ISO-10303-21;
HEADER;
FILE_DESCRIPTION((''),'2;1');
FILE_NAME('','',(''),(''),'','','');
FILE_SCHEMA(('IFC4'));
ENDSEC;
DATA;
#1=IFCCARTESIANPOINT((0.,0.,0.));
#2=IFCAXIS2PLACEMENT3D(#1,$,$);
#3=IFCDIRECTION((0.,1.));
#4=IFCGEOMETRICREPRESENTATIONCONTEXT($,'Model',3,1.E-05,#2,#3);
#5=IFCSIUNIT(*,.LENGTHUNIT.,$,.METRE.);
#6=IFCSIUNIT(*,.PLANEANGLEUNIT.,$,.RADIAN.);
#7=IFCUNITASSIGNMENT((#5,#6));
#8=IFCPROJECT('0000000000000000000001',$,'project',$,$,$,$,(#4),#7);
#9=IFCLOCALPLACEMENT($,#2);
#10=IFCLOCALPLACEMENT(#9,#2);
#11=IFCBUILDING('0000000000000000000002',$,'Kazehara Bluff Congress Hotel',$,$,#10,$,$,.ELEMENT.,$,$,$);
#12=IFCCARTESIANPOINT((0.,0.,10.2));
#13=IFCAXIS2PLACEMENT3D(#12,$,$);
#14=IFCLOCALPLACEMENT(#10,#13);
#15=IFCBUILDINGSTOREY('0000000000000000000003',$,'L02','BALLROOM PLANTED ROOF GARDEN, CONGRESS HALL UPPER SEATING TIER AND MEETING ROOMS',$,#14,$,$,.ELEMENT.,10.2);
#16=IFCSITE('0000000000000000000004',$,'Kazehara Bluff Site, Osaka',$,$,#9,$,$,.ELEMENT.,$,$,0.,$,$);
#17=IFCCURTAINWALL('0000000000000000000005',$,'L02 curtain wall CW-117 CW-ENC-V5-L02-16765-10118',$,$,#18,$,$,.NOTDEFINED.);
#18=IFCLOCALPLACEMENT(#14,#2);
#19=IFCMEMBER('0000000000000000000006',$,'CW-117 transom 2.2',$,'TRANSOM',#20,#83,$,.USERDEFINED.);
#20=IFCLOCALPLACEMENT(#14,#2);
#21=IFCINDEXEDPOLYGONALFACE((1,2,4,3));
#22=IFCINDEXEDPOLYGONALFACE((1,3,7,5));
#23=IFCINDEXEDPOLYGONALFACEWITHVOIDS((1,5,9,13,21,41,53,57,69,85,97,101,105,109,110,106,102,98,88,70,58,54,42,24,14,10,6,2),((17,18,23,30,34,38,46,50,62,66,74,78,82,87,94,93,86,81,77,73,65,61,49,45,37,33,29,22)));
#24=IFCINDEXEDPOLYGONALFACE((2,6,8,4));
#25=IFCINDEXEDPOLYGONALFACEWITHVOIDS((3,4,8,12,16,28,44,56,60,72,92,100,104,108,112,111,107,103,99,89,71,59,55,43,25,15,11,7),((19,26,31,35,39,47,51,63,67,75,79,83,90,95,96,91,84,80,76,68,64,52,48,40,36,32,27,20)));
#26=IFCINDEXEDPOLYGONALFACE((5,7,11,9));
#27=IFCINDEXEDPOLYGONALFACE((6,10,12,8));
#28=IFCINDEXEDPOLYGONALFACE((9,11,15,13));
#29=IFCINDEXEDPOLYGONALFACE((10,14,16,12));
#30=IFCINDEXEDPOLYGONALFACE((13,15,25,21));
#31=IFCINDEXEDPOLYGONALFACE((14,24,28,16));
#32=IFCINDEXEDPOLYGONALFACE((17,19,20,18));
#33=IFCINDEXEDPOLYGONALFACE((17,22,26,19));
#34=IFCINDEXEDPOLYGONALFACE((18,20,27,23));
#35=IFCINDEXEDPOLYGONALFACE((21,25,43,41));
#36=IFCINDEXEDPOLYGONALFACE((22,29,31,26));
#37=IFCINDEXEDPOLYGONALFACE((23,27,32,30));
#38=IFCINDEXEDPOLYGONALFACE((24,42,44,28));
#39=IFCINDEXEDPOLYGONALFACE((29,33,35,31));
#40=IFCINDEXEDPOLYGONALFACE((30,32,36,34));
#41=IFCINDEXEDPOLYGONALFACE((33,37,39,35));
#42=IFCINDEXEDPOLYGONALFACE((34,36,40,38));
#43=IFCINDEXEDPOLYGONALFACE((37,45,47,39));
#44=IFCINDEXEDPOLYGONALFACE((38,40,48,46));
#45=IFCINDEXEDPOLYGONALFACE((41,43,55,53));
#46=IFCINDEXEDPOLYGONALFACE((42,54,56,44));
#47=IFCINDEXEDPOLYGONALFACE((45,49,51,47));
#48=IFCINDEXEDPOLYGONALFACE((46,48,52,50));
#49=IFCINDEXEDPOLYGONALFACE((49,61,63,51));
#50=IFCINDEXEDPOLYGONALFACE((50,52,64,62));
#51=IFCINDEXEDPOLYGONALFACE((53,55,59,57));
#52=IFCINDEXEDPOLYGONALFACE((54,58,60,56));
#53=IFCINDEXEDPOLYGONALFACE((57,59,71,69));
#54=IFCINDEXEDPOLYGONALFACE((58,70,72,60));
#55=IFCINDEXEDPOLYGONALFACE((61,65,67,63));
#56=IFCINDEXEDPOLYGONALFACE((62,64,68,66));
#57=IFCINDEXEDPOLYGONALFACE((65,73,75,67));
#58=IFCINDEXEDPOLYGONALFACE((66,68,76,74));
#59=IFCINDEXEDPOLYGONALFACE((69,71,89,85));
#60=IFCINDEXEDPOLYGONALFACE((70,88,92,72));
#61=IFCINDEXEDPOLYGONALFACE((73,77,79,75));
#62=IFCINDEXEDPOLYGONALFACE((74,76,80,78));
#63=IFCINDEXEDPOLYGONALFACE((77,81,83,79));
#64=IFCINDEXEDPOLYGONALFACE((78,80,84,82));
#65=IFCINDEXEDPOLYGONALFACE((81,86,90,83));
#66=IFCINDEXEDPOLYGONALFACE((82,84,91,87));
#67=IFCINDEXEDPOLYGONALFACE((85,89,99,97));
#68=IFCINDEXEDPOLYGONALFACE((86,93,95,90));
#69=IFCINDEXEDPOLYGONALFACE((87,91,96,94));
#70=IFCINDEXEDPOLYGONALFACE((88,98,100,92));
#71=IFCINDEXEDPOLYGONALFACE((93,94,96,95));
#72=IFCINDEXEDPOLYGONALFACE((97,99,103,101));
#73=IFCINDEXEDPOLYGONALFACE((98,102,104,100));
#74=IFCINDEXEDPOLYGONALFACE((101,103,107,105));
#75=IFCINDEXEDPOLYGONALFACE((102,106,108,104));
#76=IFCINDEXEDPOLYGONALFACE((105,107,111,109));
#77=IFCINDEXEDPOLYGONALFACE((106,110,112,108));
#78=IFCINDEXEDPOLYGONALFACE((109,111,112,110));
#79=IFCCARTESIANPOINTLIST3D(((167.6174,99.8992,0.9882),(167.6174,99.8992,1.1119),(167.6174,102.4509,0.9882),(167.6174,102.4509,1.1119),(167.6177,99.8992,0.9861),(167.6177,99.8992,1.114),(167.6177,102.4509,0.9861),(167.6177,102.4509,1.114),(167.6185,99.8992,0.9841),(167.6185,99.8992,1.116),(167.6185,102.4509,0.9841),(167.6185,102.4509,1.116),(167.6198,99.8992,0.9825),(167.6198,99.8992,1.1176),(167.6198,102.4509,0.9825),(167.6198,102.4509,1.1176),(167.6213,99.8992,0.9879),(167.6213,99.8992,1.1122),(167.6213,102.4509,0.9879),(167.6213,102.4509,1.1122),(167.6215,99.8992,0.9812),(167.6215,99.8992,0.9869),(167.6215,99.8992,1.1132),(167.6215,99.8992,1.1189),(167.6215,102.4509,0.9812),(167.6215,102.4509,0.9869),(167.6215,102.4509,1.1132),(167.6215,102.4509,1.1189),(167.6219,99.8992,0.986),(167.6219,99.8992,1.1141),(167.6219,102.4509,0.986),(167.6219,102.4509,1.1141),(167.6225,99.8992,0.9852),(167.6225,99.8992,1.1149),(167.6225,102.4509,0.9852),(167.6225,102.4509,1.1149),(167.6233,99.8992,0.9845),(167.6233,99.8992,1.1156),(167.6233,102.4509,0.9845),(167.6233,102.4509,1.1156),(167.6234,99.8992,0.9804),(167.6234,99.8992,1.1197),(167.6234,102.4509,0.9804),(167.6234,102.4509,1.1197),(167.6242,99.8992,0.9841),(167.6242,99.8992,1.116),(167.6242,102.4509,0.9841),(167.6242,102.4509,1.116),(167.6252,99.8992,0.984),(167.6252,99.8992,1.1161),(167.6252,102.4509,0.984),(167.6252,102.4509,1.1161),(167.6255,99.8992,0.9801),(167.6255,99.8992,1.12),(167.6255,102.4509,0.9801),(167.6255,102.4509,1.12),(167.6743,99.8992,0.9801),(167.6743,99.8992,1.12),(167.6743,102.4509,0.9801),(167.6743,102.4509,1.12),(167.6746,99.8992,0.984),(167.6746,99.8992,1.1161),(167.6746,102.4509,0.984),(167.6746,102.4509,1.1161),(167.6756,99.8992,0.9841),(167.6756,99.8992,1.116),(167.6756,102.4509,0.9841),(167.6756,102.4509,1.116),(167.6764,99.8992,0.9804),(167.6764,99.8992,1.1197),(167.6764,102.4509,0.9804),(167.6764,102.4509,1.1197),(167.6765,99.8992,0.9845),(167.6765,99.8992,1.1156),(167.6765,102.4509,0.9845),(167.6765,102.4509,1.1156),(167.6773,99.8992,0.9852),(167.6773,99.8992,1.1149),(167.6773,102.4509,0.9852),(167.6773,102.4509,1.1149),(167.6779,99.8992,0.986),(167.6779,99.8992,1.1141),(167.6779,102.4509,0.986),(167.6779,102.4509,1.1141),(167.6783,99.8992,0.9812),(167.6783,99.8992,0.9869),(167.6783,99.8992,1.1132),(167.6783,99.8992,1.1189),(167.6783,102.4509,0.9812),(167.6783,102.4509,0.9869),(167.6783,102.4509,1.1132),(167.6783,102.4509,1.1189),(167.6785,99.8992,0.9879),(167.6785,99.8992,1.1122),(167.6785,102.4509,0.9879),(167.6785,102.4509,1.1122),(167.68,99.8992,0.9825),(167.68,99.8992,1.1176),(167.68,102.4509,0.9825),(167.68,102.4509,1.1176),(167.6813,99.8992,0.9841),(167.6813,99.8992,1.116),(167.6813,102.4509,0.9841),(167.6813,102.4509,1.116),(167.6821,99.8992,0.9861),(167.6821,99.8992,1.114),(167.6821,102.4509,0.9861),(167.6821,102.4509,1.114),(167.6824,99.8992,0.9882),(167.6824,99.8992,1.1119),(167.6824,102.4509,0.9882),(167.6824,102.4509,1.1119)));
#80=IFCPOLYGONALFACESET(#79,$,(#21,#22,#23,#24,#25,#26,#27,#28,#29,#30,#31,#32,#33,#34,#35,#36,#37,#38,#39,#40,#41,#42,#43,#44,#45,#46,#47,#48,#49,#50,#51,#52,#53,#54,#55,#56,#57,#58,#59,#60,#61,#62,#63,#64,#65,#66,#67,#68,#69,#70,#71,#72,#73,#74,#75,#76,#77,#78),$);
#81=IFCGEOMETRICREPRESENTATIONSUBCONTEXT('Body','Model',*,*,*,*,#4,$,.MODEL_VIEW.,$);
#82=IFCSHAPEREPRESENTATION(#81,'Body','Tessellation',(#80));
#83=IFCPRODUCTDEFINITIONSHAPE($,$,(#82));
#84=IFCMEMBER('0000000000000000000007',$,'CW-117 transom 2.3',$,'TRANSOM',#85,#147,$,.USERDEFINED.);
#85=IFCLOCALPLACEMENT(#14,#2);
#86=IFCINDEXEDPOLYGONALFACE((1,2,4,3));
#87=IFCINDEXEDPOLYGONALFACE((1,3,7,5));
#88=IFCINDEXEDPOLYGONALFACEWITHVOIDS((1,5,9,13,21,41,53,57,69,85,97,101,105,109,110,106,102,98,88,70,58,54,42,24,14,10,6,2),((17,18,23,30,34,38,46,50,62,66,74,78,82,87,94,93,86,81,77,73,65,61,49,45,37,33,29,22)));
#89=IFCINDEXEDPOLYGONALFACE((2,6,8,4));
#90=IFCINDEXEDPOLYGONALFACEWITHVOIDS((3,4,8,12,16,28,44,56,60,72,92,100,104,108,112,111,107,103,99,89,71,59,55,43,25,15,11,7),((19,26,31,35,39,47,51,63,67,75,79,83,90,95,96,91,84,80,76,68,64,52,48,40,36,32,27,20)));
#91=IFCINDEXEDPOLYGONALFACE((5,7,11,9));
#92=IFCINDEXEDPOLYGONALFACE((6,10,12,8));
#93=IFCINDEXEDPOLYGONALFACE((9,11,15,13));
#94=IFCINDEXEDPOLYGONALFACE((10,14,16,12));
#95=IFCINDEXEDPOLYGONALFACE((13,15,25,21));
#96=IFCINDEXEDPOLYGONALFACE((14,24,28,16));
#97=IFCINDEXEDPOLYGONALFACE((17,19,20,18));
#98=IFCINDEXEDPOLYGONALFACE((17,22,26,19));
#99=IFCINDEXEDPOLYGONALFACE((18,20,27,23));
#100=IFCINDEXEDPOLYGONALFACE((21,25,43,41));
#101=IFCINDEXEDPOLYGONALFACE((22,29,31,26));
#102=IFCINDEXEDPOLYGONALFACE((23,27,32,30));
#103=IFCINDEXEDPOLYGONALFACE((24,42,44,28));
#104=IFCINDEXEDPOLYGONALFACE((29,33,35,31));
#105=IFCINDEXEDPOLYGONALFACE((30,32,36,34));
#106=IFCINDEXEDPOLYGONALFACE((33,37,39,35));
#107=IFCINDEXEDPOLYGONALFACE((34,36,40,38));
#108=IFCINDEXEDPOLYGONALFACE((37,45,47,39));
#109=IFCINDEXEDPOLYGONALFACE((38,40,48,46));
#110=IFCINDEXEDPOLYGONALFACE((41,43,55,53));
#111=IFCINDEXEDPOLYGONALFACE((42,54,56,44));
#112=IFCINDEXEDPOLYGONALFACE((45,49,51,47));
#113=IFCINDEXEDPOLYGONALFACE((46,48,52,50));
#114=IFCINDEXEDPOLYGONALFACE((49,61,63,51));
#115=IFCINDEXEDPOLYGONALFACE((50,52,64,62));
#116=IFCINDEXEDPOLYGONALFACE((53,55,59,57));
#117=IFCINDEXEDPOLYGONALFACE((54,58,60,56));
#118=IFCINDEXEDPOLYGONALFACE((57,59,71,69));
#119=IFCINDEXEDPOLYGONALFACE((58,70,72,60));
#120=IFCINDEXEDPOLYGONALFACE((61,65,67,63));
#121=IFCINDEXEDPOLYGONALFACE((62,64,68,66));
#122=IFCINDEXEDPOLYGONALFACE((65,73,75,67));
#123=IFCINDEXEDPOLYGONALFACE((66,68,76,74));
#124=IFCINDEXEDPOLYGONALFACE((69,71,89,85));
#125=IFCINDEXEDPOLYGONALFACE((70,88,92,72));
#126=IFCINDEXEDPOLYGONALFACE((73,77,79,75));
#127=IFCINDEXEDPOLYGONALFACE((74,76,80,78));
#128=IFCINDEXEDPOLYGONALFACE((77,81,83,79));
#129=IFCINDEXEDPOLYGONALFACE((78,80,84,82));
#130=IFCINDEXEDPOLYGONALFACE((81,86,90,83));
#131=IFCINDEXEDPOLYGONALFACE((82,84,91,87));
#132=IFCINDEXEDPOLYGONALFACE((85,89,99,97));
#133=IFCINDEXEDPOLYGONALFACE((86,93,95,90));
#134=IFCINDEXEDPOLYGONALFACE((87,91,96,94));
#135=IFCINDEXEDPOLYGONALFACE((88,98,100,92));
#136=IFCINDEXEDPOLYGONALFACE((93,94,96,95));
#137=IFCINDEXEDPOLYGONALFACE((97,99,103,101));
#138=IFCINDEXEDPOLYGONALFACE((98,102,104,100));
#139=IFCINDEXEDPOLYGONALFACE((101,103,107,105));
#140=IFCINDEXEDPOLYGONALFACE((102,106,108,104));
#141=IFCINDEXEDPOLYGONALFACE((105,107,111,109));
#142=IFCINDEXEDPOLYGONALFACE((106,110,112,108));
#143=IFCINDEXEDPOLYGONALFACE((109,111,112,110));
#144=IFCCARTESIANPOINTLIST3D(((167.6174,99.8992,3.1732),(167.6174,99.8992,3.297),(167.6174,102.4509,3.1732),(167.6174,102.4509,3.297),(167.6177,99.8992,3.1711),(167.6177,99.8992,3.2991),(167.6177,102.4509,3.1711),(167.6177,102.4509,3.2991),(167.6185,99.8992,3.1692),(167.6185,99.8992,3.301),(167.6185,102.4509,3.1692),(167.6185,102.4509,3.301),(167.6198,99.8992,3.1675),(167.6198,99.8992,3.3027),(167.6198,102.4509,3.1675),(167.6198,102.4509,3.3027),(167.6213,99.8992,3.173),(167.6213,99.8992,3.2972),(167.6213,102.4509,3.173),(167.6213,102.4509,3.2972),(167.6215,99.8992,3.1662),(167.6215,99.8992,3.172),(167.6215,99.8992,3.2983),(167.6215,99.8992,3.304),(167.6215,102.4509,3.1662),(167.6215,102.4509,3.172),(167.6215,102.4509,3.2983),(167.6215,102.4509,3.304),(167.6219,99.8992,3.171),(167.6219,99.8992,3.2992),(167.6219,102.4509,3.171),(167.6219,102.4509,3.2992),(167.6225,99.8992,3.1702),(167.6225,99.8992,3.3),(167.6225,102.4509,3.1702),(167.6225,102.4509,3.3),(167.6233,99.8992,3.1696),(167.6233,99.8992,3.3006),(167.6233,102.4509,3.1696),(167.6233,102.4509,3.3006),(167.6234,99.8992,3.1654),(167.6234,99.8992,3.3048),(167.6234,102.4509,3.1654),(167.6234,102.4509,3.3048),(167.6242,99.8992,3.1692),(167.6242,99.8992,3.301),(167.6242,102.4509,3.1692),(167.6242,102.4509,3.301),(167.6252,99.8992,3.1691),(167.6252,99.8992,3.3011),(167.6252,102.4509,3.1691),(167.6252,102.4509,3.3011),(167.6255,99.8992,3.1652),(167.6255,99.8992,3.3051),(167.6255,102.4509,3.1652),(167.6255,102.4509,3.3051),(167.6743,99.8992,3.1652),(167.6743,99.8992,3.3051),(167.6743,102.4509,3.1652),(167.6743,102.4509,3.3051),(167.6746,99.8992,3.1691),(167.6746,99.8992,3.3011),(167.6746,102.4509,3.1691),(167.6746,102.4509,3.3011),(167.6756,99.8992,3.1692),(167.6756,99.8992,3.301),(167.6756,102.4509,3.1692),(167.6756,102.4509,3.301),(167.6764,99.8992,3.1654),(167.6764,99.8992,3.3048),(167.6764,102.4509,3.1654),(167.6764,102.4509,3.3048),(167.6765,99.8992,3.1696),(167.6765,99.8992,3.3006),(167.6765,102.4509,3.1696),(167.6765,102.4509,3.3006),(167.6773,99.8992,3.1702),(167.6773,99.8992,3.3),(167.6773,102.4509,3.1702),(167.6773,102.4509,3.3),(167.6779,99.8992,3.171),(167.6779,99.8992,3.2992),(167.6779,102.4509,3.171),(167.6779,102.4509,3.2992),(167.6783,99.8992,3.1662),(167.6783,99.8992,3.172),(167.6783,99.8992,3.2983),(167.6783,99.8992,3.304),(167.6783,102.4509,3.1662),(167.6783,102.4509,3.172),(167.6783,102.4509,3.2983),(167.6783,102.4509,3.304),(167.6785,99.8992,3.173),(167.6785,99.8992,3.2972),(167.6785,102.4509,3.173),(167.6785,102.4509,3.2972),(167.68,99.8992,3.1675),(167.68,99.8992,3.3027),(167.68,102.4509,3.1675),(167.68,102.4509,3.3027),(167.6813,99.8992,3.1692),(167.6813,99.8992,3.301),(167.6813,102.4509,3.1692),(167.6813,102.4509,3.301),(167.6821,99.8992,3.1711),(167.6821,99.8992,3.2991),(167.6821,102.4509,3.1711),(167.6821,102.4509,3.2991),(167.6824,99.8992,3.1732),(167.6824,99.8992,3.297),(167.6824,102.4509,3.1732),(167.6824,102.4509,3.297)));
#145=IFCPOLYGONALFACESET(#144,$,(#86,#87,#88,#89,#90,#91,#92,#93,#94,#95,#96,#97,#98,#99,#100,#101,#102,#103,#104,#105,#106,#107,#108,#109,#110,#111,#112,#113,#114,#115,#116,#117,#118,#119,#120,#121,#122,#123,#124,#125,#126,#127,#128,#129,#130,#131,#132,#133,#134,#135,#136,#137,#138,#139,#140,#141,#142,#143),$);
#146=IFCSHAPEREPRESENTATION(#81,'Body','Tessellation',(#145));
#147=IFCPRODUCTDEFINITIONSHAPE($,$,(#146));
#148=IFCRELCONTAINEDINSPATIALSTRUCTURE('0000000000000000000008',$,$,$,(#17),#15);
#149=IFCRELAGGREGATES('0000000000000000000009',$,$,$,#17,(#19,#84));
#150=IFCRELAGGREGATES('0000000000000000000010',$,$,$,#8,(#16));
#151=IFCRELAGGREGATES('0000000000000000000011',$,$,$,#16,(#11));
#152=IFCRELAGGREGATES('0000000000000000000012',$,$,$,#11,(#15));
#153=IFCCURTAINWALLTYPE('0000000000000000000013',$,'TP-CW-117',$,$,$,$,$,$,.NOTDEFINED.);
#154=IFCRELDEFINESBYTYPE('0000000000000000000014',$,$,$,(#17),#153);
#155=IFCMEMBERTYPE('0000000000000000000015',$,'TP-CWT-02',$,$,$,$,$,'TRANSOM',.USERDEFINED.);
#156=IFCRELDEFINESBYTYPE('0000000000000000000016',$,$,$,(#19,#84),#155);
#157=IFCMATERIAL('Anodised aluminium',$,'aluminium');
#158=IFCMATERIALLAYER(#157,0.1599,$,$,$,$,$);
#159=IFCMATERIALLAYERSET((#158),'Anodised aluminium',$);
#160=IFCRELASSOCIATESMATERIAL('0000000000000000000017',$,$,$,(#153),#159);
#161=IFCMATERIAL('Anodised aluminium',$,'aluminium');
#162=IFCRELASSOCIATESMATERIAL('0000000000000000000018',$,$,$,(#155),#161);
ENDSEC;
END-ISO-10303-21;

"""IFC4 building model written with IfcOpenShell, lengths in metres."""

from ifc_helpers import new_model, si_unit, direction, frame, origin, origin_2d, place, context, subcontext, project, spatial, hollow_rectangle, extrude, material, layer, layer_set, material_profile, profile_set, type_object, element, aggregate, save


model = new_model("IFC4")

# Units and contexts
model_context = context("Model", 3, precision=1e-05, world=origin(), true_north=direction((0.0, 1.0)))
body_context = subcontext(model_context, "Body", "Model", "MODEL_VIEW")
ifc_project = project(units=[si_unit("LENGTHUNIT", "METRE"), si_unit("PLANEANGLEUNIT", "RADIAN")], contexts=[model_context])

# Site, building, storey
site_placement = place(None, origin())
site = spatial("IfcSite", under=ifc_project, at=site_placement, Name="Kazehara Bluff Site, Osaka", CompositionType="ELEMENT", RefElevation=0.0)
building_placement = place(site_placement, origin())
building = spatial("IfcBuilding", under=site, at=building_placement, Name="Kazehara Bluff Congress Hotel", CompositionType="ELEMENT")
storey_placement = place(building_placement, frame((0.0, 0.0, 10.2)))
storey = spatial("IfcBuildingStorey", under=building, at=storey_placement, Name="L02", Description="BALLROOM PLANTED ROOF GARDEN, CONGRESS HALL UPPER SEATING TIER AND MEETING ROOMS", CompositionType="ELEMENT", Elevation=10.2)

# Curtain wall
ifc_material_1 = material(Name="Anodised aluminium", Category="aluminium")
ifc_layer_1 = layer(ifc_material_1, 0.1599)
ifc_layer_set_1 = layer_set([ifc_layer_1], Name="Anodised aluminium")
curtain_wall_type_1 = type_object("IfcCurtainWallType", Name="TP-CW-117", PredefinedType="NOTDEFINED", material=ifc_layer_set_1)
curtain_wall_1_placement = place(storey_placement, origin())
curtain_wall_1 = element("IfcCurtainWall", 1, at=curtain_wall_1_placement, inside=storey, type_object=curtain_wall_type_1, Name="L02 curtain wall CW-117 CW-ENC-V5-L02-16765-10118", PredefinedType="NOTDEFINED")

# Members
ifc_material_2 = material(Name="Anodised aluminium", Category="aluminium")
ifc_material_profile_1 = material_profile(ifc_material_2, hollow_rectangle(XDim=0.0649, YDim=0.1399, WallThickness=0.0039, InnerFilletRadius=0.0039, OuterFilletRadius=0.0081, at=origin_2d()))
ifc_profile_set_1 = profile_set([ifc_material_profile_1], Name="Anodised aluminium")
member_type_1 = type_object("IfcMemberType", Name="TP-CWT-02", ElementType="TRANSOM", PredefinedType="USERDEFINED", material=ifc_profile_set_1)
member_1_placement = place(storey_placement, frame((167.6499, 102.4509, 1.05), z_axis=(0.0, -1.0, 0.0), x_axis=(1.0, 0.0, 0.0)))
member_1 = element("IfcMember", 2, at=member_1_placement, type_object=member_type_1, Name="CW-117 transom 2.2", ObjectType="TRANSOM", PredefinedType="USERDEFINED", context=body_context, shape_type="SweptSolid", body=[
    extrude(hollow_rectangle(XDim=0.0649, YDim=0.1399, WallThickness=0.0039, InnerFilletRadius=0.0039, OuterFilletRadius=0.0081, at=origin_2d()), origin(), (0.0, 0.0, 1.0), 2.5518),
])
member_2_placement = place(storey_placement, frame((167.6499, 102.4509, 3.2351), z_axis=(0.0, -1.0, 0.0), x_axis=(1.0, 0.0, 0.0)))
member_2 = element("IfcMember", 3, at=member_2_placement, type_object=member_type_1, Name="CW-117 transom 2.3", ObjectType="TRANSOM", PredefinedType="USERDEFINED", context=body_context, shape_type="SweptSolid", body=[
    extrude(hollow_rectangle(XDim=0.0649, YDim=0.1399, WallThickness=0.0039, InnerFilletRadius=0.0039, OuterFilletRadius=0.0081, at=origin_2d()), origin(), (0.0, 0.0, 1.0), 2.5518),
])

aggregate(curtain_wall_1, [member_1, member_2])

save(model, "model.ifc")
